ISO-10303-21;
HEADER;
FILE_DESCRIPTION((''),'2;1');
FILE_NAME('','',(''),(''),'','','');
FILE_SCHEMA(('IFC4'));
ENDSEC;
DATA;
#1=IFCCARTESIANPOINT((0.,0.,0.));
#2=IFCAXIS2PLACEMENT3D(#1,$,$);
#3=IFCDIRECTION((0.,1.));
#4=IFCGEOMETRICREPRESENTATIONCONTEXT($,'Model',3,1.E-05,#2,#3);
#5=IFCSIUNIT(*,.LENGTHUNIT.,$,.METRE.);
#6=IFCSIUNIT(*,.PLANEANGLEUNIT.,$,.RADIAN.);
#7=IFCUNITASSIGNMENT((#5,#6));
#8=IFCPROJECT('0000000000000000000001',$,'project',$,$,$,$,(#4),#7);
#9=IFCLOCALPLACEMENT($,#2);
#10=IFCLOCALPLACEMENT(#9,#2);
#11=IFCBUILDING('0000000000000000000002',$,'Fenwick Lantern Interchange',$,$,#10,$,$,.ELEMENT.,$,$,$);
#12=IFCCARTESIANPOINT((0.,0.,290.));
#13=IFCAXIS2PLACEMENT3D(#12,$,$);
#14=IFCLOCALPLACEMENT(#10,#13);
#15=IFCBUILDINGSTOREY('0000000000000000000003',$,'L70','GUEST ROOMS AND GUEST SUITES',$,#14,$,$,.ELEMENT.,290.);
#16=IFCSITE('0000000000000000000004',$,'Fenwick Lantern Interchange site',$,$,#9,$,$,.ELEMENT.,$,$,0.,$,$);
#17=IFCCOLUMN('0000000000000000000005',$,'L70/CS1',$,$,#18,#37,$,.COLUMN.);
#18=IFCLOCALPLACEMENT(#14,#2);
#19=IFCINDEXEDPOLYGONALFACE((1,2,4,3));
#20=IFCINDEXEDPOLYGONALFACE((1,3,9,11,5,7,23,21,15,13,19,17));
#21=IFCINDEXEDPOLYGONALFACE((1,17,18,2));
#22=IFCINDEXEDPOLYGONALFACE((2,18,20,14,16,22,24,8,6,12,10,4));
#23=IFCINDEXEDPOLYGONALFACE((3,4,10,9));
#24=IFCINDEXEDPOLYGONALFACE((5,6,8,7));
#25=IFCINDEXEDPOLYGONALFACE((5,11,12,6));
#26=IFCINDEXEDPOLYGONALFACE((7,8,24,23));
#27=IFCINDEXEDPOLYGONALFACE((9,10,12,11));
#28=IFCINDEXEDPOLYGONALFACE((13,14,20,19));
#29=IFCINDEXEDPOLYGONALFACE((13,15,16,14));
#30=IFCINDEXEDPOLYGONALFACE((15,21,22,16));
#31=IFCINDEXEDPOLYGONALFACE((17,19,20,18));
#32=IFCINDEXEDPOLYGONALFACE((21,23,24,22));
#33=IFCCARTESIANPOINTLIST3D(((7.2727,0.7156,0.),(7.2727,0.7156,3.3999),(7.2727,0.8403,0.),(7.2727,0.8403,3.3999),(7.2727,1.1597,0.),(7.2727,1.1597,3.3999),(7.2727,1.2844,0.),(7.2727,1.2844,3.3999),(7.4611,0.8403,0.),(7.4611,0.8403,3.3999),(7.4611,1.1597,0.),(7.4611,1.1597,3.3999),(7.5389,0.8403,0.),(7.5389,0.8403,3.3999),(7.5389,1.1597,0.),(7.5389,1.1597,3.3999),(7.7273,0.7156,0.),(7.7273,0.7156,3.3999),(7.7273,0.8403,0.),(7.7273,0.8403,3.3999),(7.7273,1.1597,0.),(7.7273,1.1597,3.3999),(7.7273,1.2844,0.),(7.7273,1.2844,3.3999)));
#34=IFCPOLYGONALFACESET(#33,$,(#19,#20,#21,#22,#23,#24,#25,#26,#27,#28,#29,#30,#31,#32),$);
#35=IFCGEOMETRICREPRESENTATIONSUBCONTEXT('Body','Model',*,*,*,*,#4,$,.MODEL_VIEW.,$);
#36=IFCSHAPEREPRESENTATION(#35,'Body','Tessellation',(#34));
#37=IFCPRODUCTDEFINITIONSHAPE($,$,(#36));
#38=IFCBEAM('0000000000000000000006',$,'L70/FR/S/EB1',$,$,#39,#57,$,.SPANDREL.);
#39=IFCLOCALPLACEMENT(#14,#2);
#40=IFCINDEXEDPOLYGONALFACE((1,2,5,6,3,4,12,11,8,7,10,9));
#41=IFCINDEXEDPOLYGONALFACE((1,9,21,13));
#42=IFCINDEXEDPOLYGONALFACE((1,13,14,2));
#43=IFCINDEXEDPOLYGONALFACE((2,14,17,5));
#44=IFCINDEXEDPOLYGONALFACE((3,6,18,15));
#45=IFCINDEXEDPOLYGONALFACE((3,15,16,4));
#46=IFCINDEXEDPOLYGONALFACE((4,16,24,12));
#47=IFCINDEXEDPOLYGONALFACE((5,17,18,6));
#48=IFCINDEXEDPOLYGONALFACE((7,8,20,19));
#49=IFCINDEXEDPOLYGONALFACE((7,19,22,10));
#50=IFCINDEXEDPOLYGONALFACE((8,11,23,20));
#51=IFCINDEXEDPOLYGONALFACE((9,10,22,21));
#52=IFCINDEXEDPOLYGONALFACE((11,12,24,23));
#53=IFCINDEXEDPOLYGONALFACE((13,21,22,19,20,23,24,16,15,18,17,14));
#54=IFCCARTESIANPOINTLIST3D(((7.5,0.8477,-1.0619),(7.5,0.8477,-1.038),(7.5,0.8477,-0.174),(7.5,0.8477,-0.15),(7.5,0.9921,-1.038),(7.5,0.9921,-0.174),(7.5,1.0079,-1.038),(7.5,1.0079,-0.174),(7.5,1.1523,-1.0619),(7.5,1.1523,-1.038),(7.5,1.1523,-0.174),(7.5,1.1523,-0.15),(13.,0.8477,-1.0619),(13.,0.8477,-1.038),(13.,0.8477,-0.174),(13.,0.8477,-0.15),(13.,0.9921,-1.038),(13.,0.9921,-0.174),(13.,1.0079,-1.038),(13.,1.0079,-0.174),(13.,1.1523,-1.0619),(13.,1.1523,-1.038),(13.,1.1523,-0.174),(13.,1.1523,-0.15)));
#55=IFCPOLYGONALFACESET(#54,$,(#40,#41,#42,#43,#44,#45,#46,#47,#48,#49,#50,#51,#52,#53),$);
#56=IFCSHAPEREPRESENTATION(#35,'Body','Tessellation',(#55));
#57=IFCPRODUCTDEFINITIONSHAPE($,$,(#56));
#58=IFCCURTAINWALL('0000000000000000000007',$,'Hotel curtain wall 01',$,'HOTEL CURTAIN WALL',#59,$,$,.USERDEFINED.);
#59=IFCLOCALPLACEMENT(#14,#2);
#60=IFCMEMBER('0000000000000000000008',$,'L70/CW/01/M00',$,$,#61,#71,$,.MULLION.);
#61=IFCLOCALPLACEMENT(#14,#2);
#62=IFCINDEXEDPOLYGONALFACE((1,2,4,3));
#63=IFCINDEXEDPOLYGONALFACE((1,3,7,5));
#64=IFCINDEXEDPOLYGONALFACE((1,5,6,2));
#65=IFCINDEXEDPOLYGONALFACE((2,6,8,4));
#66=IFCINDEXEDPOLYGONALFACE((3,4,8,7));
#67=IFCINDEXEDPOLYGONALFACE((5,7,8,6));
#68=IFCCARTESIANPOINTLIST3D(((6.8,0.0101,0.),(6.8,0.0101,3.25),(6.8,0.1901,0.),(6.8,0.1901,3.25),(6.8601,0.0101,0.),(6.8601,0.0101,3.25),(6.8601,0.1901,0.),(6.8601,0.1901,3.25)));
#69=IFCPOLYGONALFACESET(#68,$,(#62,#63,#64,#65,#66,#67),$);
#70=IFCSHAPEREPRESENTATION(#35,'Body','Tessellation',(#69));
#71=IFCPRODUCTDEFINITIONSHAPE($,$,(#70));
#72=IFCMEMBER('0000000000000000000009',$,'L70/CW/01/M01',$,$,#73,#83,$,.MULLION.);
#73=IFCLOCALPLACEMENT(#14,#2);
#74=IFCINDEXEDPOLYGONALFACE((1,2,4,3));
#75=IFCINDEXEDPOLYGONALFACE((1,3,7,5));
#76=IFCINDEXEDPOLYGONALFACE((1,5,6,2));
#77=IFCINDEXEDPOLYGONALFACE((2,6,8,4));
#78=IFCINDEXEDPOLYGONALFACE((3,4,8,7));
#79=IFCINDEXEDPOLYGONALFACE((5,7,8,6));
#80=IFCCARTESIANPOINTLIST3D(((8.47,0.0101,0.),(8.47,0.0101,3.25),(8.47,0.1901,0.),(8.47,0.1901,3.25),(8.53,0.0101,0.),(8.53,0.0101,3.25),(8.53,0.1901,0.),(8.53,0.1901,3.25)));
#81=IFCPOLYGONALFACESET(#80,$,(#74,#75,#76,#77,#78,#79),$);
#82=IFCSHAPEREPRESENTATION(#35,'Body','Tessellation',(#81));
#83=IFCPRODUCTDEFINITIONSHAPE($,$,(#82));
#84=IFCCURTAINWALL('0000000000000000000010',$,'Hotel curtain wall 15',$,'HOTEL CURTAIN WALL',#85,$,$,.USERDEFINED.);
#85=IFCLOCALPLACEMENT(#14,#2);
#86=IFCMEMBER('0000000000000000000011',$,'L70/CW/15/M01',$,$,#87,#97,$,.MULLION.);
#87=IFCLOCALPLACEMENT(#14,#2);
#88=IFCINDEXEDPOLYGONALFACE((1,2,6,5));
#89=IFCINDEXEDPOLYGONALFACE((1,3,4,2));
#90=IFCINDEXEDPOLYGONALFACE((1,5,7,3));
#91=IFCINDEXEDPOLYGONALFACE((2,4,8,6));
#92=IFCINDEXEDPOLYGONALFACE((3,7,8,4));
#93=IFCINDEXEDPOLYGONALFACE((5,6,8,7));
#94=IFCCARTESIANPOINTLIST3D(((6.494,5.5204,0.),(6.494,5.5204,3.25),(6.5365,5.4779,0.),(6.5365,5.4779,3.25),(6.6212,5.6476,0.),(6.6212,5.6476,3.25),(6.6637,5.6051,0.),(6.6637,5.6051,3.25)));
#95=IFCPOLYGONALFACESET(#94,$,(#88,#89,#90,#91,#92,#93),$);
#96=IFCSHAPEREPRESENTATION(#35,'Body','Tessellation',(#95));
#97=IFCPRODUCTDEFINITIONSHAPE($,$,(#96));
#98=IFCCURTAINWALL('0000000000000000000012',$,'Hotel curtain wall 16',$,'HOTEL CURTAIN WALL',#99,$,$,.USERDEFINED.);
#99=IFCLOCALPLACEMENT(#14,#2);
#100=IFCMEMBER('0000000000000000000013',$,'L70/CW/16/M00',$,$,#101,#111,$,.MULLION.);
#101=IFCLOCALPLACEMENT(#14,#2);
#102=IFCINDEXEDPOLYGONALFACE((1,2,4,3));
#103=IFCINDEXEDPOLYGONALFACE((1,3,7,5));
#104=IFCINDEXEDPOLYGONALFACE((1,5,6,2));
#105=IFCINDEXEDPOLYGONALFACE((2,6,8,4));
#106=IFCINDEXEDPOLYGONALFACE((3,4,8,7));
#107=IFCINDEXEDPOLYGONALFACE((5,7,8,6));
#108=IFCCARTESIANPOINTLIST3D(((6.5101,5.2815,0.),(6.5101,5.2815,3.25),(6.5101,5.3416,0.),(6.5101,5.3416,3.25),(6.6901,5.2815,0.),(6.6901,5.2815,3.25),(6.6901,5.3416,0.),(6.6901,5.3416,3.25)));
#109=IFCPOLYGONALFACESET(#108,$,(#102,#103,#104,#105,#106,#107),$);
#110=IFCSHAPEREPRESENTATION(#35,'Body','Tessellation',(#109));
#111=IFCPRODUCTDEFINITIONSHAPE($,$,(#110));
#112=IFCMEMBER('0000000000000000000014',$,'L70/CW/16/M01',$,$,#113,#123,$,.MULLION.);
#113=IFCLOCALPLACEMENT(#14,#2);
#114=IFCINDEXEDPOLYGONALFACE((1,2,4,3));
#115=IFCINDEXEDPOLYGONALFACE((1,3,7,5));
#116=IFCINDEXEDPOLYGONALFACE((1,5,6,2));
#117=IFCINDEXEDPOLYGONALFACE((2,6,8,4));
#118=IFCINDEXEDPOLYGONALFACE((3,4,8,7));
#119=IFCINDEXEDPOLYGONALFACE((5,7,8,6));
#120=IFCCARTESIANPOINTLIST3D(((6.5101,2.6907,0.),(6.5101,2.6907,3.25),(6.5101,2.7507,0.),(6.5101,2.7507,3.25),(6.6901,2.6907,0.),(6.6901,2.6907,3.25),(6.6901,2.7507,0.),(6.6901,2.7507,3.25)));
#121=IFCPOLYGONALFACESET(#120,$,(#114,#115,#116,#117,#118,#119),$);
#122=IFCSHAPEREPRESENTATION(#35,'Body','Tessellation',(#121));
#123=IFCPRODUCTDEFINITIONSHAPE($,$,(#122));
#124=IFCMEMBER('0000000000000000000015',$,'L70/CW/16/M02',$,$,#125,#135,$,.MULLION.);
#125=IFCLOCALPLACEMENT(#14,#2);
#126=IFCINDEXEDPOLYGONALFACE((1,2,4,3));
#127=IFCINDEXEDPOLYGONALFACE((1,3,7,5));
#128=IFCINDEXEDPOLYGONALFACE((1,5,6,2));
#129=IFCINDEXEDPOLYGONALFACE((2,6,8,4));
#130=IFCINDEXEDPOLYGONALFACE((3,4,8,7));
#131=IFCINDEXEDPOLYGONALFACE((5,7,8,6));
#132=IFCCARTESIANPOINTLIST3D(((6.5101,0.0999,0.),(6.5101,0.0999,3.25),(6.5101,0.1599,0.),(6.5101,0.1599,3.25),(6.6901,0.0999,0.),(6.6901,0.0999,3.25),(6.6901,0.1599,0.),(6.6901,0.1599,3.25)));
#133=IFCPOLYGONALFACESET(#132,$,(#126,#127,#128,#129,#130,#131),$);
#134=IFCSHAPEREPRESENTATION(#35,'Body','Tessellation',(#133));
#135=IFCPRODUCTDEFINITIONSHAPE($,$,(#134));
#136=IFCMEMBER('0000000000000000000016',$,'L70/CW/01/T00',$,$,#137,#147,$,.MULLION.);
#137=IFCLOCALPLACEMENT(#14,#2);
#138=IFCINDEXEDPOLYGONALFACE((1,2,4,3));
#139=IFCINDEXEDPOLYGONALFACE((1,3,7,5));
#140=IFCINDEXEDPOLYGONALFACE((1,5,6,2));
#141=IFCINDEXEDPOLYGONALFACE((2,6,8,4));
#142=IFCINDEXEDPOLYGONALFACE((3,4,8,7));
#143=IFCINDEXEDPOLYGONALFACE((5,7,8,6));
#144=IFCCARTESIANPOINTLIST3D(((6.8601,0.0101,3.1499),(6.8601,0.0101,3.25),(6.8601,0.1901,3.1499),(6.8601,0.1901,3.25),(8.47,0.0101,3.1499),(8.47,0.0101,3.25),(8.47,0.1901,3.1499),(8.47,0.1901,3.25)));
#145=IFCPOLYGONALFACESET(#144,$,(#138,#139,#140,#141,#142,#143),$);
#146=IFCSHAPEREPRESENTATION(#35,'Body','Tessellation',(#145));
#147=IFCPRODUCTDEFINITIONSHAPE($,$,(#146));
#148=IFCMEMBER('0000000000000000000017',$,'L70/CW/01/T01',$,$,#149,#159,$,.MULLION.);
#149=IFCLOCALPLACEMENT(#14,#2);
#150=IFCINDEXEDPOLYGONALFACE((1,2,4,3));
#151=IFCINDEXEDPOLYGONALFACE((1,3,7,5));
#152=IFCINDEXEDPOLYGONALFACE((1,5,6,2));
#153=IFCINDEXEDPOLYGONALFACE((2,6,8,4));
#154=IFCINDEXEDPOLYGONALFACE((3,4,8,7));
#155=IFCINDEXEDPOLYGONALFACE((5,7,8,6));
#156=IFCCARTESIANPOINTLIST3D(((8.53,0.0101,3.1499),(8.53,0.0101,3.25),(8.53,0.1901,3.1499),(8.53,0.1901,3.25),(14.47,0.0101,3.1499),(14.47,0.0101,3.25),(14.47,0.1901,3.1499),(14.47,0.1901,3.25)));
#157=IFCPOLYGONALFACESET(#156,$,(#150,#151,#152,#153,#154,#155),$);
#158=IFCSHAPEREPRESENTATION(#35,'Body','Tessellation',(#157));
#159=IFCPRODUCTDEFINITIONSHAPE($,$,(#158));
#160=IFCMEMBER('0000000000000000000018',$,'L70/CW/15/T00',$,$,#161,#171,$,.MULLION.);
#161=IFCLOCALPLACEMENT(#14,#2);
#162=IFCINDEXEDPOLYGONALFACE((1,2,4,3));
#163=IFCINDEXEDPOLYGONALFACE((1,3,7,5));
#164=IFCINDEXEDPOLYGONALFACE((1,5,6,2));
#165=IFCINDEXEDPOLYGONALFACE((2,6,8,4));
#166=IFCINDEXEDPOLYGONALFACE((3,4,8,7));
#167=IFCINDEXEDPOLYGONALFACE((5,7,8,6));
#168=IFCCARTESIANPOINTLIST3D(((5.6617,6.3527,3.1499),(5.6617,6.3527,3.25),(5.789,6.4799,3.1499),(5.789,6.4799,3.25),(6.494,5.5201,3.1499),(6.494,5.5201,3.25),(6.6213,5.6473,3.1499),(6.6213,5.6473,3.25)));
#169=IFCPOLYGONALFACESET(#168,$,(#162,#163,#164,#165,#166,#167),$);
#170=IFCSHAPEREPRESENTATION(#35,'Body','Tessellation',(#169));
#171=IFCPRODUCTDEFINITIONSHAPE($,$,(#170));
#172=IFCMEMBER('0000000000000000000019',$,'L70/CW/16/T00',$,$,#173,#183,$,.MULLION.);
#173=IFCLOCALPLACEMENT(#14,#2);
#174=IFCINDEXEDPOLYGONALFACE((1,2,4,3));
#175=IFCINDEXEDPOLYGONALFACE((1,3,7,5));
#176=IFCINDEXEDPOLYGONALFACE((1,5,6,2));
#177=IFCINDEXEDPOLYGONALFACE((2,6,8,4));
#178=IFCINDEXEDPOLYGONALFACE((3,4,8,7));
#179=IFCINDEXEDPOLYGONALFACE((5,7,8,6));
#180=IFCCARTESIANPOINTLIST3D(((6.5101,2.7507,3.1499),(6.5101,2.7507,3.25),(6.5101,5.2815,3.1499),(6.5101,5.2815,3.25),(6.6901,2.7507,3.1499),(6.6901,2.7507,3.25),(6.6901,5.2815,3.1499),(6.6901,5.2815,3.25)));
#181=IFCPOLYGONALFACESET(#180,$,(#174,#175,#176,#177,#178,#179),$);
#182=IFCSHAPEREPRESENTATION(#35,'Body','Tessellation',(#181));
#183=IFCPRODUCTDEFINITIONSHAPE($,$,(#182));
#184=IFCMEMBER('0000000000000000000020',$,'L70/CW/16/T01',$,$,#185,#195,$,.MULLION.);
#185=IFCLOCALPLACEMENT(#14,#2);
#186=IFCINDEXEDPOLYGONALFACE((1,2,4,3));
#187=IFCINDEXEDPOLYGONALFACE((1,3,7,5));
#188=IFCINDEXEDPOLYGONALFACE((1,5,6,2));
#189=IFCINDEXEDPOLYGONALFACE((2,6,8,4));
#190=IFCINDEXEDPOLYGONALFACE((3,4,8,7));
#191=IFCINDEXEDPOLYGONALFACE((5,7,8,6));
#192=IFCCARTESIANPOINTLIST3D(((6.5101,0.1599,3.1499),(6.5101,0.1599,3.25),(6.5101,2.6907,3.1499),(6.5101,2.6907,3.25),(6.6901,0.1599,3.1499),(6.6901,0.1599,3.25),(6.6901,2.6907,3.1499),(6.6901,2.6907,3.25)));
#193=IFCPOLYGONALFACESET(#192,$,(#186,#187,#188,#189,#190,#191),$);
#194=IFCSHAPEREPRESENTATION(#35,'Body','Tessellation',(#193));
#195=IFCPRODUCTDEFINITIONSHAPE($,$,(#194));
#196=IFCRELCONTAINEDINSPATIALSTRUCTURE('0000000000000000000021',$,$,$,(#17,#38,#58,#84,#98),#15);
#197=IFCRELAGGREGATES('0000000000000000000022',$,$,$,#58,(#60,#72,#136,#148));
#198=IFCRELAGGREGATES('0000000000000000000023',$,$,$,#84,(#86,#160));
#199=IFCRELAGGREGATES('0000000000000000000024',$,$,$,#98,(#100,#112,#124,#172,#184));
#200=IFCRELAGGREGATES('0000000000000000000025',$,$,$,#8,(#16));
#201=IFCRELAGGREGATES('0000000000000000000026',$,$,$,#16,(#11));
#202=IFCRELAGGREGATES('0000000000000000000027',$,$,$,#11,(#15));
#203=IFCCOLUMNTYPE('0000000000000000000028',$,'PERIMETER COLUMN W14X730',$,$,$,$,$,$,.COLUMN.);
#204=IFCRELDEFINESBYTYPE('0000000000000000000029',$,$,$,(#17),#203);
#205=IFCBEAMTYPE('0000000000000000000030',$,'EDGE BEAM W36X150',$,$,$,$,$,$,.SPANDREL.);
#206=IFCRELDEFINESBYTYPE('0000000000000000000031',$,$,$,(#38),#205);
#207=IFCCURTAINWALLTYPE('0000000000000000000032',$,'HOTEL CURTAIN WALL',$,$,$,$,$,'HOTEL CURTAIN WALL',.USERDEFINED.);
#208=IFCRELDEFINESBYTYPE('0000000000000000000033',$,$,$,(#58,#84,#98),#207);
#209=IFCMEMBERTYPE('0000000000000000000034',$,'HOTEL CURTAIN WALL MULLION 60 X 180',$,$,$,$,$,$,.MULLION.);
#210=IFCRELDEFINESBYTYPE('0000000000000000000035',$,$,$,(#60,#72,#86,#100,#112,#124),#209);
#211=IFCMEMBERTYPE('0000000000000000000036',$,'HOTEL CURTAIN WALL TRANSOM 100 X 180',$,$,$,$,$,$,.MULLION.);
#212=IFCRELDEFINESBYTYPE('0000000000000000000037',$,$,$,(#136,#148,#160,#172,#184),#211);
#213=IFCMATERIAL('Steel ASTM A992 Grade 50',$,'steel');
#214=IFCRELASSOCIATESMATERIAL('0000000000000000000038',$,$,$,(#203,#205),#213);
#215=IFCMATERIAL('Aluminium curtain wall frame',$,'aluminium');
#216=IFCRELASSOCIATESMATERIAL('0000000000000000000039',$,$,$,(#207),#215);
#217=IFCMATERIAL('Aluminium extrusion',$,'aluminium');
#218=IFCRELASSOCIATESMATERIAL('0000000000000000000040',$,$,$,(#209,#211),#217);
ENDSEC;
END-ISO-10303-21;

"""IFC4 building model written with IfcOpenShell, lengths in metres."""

from ifc_helpers import new_model, si_unit, direction, frame, origin, origin_2d, place, context, subcontext, project, spatial, rectangle, i_section, extrude, material, material_profile, profile_set, type_object, element, aggregate, save


model = new_model("IFC4")

# Units and contexts
model_context = context("Model", 3, precision=1e-05, world=origin(), true_north=direction((0.0, 1.0)))
body_context = subcontext(model_context, "Body", "Model", "MODEL_VIEW")
ifc_project = project(units=[si_unit("LENGTHUNIT", "METRE"), si_unit("PLANEANGLEUNIT", "RADIAN")], contexts=[model_context])

# Site, building, storey
site_placement = place(None, origin())
site = spatial("IfcSite", under=ifc_project, at=site_placement, Name="Fenwick Lantern Interchange site", CompositionType="ELEMENT", RefElevation=0.0)
building_placement = place(site_placement, origin())
building = spatial("IfcBuilding", under=site, at=building_placement, Name="Fenwick Lantern Interchange", CompositionType="ELEMENT")
storey_placement = place(building_placement, frame((0.0, 0.0, 290.0)))
storey = spatial("IfcBuildingStorey", under=building, at=storey_placement, Name="L70", Description="GUEST ROOMS AND GUEST SUITES", CompositionType="ELEMENT", Elevation=290.0)

# Column
ifc_material_1 = material(Name="Steel ASTM A992 Grade 50", Category="steel")
ifc_material_profile_1 = material_profile(ifc_material_1, i_section(OverallWidth=0.4546, OverallDepth=0.5688, WebThickness=0.0779, FlangeThickness=0.1248, at=origin_2d()), Name="W14X730")
ifc_profile_set_1 = profile_set([ifc_material_profile_1], Name="Steel ASTM A992 Grade 50")
column_type = type_object("IfcColumnType", Name="PERIMETER COLUMN W14X730", PredefinedType="COLUMN", material=ifc_profile_set_1)
column_placement = place(storey_placement, frame((7.5, 1.0, 0.0), z_axis=(0.0, 0.0, 1.0), x_axis=(1.0, 0.0, 0.0)))
element("IfcColumn", 1, at=column_placement, inside=storey, type_object=column_type, Name="L70/CS1", PredefinedType="COLUMN", context=body_context, shape_type="SweptSolid", body=[
    extrude(i_section(OverallWidth=0.4546, OverallDepth=0.5688, WebThickness=0.0779, FlangeThickness=0.1248, at=origin_2d()), origin(), (0.0, 0.0, 1.0), 3.3999),
])

# Beam
ifc_material_profile_2 = material_profile(ifc_material_1, i_section(OverallWidth=0.3047, OverallDepth=0.9119, WebThickness=0.0159, FlangeThickness=0.0239, at=origin_2d()), Name="W36X150")
ifc_profile_set_2 = profile_set([ifc_material_profile_2], Name="Steel ASTM A992 Grade 50")
beam_type = type_object("IfcBeamType", Name="EDGE BEAM W36X150", PredefinedType="SPANDREL", material=ifc_profile_set_2)
beam_placement = place(storey_placement, frame((7.5, 1.0, -0.606), z_axis=(1.0, 0.0, 0.0), x_axis=(0.0, 1.0, 0.0)))
element("IfcBeam", 2, at=beam_placement, inside=storey, type_object=beam_type, Name="L70/FR/S/EB1", PredefinedType="SPANDREL", context=body_context, shape_type="SweptSolid", body=[
    extrude(i_section(OverallWidth=0.3047, OverallDepth=0.9119, WebThickness=0.0159, FlangeThickness=0.0239, at=origin_2d()), origin(), (0.0, 0.0, 1.0), 5.5),
])

# Curtain wall, members
ifc_material_2 = material(Name="Aluminium curtain wall frame", Category="aluminium")
curtain_wall_type = type_object("IfcCurtainWallType", Name="HOTEL CURTAIN WALL", ElementType="HOTEL CURTAIN WALL", PredefinedType="USERDEFINED", material=ifc_material_2)
curtain_wall_1_placement = place(storey_placement, origin())
curtain_wall_1 = element("IfcCurtainWall", 3, at=curtain_wall_1_placement, inside=storey, type_object=curtain_wall_type, Name="Hotel curtain wall 01", ObjectType="HOTEL CURTAIN WALL", PredefinedType="USERDEFINED")
ifc_material_3 = material(Name="Aluminium extrusion", Category="aluminium")
ifc_material_profile_3 = material_profile(ifc_material_3, rectangle(XDim=0.1799, YDim=0.0601, at=origin_2d()), Name="HOTEL CURTAIN WALL MULLION 60 X 180")
ifc_profile_set_3 = profile_set([ifc_material_profile_3], Name="Aluminium extrusion")
member_type_1 = type_object("IfcMemberType", Name="HOTEL CURTAIN WALL MULLION 60 X 180", PredefinedType="MULLION", material=ifc_profile_set_3)
member_1_placement = place(storey_placement, frame((6.8301, 0.1001, 0.0), z_axis=(0.0, 0.0, 1.0), x_axis=(0.0, 1.0, 0.0)))
member_1 = element("IfcMember", 4, at=member_1_placement, type_object=member_type_1, Name="L70/CW/01/M00", PredefinedType="MULLION", context=body_context, shape_type="SweptSolid", body=[
    extrude(rectangle(XDim=0.1799, YDim=0.0601, at=origin_2d()), origin(), (0.0, 0.0, 1.0), 3.25),
])
member_2_placement = place(storey_placement, frame((8.5, 0.1001, 0.0), z_axis=(0.0, 0.0, 1.0), x_axis=(0.0, 1.0, 0.0)))
member_2 = element("IfcMember", 5, at=member_2_placement, type_object=member_type_1, Name="L70/CW/01/M01", PredefinedType="MULLION", context=body_context, shape_type="SweptSolid", body=[
    extrude(rectangle(XDim=0.1799, YDim=0.0601, at=origin_2d()), origin(), (0.0, 0.0, 1.0), 3.25),
])

# Curtain wall, member
curtain_wall_2_placement = place(storey_placement, origin())
curtain_wall_2 = element("IfcCurtainWall", 6, at=curtain_wall_2_placement, inside=storey, type_object=curtain_wall_type, Name="Hotel curtain wall 15", ObjectType="HOTEL CURTAIN WALL", PredefinedType="USERDEFINED")
member_3_placement = place(storey_placement, frame((6.5789, 5.5627, 0.0), z_axis=(0.0, 0.0, 1.0), x_axis=(0.707107, 0.707107, 0.0)))
member_3 = element("IfcMember", 7, at=member_3_placement, type_object=member_type_1, Name="L70/CW/15/M01", PredefinedType="MULLION", context=body_context, shape_type="SweptSolid", body=[
    extrude(rectangle(XDim=0.1799, YDim=0.0601, at=origin_2d()), origin(), (0.0, 0.0, 1.0), 3.25),
])

# Curtain wall, members
curtain_wall_3_placement = place(storey_placement, origin())
curtain_wall_3 = element("IfcCurtainWall", 8, at=curtain_wall_3_placement, inside=storey, type_object=curtain_wall_type, Name="Hotel curtain wall 16", ObjectType="HOTEL CURTAIN WALL", PredefinedType="USERDEFINED")
member_4_placement = place(storey_placement, frame((6.6001, 5.3115, 0.0), z_axis=(0.0, 0.0, 1.0), x_axis=(1.0, 0.0, 0.0)))
member_4 = element("IfcMember", 9, at=member_4_placement, type_object=member_type_1, Name="L70/CW/16/M00", PredefinedType="MULLION", context=body_context, shape_type="SweptSolid", body=[
    extrude(rectangle(XDim=0.1799, YDim=0.0601, at=origin_2d()), origin(), (0.0, 0.0, 1.0), 3.25),
])
member_5_placement = place(storey_placement, frame((6.6001, 2.7207, 0.0), z_axis=(0.0, 0.0, 1.0), x_axis=(1.0, 0.0, 0.0)))
member_5 = element("IfcMember", 10, at=member_5_placement, type_object=member_type_1, Name="L70/CW/16/M01", PredefinedType="MULLION", context=body_context, shape_type="SweptSolid", body=[
    extrude(rectangle(XDim=0.1799, YDim=0.0601, at=origin_2d()), origin(), (0.0, 0.0, 1.0), 3.25),
])
member_6_placement = place(storey_placement, frame((6.6001, 0.1299, 0.0), z_axis=(0.0, 0.0, 1.0), x_axis=(1.0, 0.0, 0.0)))
member_6 = element("IfcMember", 11, at=member_6_placement, type_object=member_type_1, Name="L70/CW/16/M02", PredefinedType="MULLION", context=body_context, shape_type="SweptSolid", body=[
    extrude(rectangle(XDim=0.1799, YDim=0.0601, at=origin_2d()), origin(), (0.0, 0.0, 1.0), 3.25),
])

# Members
ifc_material_profile_4 = material_profile(ifc_material_3, rectangle(XDim=0.1799, YDim=0.1001, at=origin_2d()), Name="HOTEL CURTAIN WALL TRANSOM 100 X 180")
ifc_profile_set_4 = profile_set([ifc_material_profile_4], Name="Aluminium extrusion")
member_type_2 = type_object("IfcMemberType", Name="HOTEL CURTAIN WALL TRANSOM 100 X 180", PredefinedType="MULLION", material=ifc_profile_set_4)
member_7_placement = place(storey_placement, frame((6.8601, 0.1001, 3.2), z_axis=(1.0, 0.0, 0.0), x_axis=(0.0, 1.0, 0.0)))
member_7 = element("IfcMember", 12, at=member_7_placement, type_object=member_type_2, Name="L70/CW/01/T00", PredefinedType="MULLION", context=body_context, shape_type="SweptSolid", body=[
    extrude(rectangle(XDim=0.1799, YDim=0.1001, at=origin_2d()), origin(), (0.0, 0.0, 1.0), 1.6099),
])
member_8_placement = place(storey_placement, frame((8.53, 0.1001, 3.2), z_axis=(1.0, 0.0, 0.0), x_axis=(0.0, 1.0, 0.0)))
member_8 = element("IfcMember", 13, at=member_8_placement, type_object=member_type_2, Name="L70/CW/01/T01", PredefinedType="MULLION", context=body_context, shape_type="SweptSolid", body=[
    extrude(rectangle(XDim=0.1799, YDim=0.1001, at=origin_2d()), origin(), (0.0, 0.0, 1.0), 5.9399),
])
member_9_placement = place(storey_placement, frame((5.7253, 6.4163, 3.2), z_axis=(0.707003, -0.70721, 0.0), x_axis=(0.70721, 0.707003, 0.0)))
member_9 = element("IfcMember", 14, at=member_9_placement, type_object=member_type_2, Name="L70/CW/15/T00", PredefinedType="MULLION", context=body_context, shape_type="SweptSolid", body=[
    extrude(rectangle(XDim=0.1799, YDim=0.1001, at=origin_2d()), origin(), (0.0, 0.0, 1.0), 1.1772),
])
member_10_placement = place(storey_placement, frame((6.6001, 5.2815, 3.2), z_axis=(0.0, -1.0, 0.0), x_axis=(1.0, 0.0, 0.0)))
member_10 = element("IfcMember", 15, at=member_10_placement, type_object=member_type_2, Name="L70/CW/16/T00", PredefinedType="MULLION", context=body_context, shape_type="SweptSolid", body=[
    extrude(rectangle(XDim=0.1799, YDim=0.1001, at=origin_2d()), origin(), (0.0, 0.0, 1.0), 2.5308),
])
member_11_placement = place(storey_placement, frame((6.6001, 2.6907, 3.2), z_axis=(0.0, -1.0, 0.0), x_axis=(1.0, 0.0, 0.0)))
member_11 = element("IfcMember", 16, at=member_11_placement, type_object=member_type_2, Name="L70/CW/16/T01", PredefinedType="MULLION", context=body_context, shape_type="SweptSolid", body=[
    extrude(rectangle(XDim=0.1799, YDim=0.1001, at=origin_2d()), origin(), (0.0, 0.0, 1.0), 2.5308),
])

aggregate(curtain_wall_1, [member_1, member_2, member_7, member_8])
aggregate(curtain_wall_2, [member_3, member_9])
aggregate(curtain_wall_3, [member_4, member_5, member_6, member_10, member_11])

save(model, "model.ifc")
